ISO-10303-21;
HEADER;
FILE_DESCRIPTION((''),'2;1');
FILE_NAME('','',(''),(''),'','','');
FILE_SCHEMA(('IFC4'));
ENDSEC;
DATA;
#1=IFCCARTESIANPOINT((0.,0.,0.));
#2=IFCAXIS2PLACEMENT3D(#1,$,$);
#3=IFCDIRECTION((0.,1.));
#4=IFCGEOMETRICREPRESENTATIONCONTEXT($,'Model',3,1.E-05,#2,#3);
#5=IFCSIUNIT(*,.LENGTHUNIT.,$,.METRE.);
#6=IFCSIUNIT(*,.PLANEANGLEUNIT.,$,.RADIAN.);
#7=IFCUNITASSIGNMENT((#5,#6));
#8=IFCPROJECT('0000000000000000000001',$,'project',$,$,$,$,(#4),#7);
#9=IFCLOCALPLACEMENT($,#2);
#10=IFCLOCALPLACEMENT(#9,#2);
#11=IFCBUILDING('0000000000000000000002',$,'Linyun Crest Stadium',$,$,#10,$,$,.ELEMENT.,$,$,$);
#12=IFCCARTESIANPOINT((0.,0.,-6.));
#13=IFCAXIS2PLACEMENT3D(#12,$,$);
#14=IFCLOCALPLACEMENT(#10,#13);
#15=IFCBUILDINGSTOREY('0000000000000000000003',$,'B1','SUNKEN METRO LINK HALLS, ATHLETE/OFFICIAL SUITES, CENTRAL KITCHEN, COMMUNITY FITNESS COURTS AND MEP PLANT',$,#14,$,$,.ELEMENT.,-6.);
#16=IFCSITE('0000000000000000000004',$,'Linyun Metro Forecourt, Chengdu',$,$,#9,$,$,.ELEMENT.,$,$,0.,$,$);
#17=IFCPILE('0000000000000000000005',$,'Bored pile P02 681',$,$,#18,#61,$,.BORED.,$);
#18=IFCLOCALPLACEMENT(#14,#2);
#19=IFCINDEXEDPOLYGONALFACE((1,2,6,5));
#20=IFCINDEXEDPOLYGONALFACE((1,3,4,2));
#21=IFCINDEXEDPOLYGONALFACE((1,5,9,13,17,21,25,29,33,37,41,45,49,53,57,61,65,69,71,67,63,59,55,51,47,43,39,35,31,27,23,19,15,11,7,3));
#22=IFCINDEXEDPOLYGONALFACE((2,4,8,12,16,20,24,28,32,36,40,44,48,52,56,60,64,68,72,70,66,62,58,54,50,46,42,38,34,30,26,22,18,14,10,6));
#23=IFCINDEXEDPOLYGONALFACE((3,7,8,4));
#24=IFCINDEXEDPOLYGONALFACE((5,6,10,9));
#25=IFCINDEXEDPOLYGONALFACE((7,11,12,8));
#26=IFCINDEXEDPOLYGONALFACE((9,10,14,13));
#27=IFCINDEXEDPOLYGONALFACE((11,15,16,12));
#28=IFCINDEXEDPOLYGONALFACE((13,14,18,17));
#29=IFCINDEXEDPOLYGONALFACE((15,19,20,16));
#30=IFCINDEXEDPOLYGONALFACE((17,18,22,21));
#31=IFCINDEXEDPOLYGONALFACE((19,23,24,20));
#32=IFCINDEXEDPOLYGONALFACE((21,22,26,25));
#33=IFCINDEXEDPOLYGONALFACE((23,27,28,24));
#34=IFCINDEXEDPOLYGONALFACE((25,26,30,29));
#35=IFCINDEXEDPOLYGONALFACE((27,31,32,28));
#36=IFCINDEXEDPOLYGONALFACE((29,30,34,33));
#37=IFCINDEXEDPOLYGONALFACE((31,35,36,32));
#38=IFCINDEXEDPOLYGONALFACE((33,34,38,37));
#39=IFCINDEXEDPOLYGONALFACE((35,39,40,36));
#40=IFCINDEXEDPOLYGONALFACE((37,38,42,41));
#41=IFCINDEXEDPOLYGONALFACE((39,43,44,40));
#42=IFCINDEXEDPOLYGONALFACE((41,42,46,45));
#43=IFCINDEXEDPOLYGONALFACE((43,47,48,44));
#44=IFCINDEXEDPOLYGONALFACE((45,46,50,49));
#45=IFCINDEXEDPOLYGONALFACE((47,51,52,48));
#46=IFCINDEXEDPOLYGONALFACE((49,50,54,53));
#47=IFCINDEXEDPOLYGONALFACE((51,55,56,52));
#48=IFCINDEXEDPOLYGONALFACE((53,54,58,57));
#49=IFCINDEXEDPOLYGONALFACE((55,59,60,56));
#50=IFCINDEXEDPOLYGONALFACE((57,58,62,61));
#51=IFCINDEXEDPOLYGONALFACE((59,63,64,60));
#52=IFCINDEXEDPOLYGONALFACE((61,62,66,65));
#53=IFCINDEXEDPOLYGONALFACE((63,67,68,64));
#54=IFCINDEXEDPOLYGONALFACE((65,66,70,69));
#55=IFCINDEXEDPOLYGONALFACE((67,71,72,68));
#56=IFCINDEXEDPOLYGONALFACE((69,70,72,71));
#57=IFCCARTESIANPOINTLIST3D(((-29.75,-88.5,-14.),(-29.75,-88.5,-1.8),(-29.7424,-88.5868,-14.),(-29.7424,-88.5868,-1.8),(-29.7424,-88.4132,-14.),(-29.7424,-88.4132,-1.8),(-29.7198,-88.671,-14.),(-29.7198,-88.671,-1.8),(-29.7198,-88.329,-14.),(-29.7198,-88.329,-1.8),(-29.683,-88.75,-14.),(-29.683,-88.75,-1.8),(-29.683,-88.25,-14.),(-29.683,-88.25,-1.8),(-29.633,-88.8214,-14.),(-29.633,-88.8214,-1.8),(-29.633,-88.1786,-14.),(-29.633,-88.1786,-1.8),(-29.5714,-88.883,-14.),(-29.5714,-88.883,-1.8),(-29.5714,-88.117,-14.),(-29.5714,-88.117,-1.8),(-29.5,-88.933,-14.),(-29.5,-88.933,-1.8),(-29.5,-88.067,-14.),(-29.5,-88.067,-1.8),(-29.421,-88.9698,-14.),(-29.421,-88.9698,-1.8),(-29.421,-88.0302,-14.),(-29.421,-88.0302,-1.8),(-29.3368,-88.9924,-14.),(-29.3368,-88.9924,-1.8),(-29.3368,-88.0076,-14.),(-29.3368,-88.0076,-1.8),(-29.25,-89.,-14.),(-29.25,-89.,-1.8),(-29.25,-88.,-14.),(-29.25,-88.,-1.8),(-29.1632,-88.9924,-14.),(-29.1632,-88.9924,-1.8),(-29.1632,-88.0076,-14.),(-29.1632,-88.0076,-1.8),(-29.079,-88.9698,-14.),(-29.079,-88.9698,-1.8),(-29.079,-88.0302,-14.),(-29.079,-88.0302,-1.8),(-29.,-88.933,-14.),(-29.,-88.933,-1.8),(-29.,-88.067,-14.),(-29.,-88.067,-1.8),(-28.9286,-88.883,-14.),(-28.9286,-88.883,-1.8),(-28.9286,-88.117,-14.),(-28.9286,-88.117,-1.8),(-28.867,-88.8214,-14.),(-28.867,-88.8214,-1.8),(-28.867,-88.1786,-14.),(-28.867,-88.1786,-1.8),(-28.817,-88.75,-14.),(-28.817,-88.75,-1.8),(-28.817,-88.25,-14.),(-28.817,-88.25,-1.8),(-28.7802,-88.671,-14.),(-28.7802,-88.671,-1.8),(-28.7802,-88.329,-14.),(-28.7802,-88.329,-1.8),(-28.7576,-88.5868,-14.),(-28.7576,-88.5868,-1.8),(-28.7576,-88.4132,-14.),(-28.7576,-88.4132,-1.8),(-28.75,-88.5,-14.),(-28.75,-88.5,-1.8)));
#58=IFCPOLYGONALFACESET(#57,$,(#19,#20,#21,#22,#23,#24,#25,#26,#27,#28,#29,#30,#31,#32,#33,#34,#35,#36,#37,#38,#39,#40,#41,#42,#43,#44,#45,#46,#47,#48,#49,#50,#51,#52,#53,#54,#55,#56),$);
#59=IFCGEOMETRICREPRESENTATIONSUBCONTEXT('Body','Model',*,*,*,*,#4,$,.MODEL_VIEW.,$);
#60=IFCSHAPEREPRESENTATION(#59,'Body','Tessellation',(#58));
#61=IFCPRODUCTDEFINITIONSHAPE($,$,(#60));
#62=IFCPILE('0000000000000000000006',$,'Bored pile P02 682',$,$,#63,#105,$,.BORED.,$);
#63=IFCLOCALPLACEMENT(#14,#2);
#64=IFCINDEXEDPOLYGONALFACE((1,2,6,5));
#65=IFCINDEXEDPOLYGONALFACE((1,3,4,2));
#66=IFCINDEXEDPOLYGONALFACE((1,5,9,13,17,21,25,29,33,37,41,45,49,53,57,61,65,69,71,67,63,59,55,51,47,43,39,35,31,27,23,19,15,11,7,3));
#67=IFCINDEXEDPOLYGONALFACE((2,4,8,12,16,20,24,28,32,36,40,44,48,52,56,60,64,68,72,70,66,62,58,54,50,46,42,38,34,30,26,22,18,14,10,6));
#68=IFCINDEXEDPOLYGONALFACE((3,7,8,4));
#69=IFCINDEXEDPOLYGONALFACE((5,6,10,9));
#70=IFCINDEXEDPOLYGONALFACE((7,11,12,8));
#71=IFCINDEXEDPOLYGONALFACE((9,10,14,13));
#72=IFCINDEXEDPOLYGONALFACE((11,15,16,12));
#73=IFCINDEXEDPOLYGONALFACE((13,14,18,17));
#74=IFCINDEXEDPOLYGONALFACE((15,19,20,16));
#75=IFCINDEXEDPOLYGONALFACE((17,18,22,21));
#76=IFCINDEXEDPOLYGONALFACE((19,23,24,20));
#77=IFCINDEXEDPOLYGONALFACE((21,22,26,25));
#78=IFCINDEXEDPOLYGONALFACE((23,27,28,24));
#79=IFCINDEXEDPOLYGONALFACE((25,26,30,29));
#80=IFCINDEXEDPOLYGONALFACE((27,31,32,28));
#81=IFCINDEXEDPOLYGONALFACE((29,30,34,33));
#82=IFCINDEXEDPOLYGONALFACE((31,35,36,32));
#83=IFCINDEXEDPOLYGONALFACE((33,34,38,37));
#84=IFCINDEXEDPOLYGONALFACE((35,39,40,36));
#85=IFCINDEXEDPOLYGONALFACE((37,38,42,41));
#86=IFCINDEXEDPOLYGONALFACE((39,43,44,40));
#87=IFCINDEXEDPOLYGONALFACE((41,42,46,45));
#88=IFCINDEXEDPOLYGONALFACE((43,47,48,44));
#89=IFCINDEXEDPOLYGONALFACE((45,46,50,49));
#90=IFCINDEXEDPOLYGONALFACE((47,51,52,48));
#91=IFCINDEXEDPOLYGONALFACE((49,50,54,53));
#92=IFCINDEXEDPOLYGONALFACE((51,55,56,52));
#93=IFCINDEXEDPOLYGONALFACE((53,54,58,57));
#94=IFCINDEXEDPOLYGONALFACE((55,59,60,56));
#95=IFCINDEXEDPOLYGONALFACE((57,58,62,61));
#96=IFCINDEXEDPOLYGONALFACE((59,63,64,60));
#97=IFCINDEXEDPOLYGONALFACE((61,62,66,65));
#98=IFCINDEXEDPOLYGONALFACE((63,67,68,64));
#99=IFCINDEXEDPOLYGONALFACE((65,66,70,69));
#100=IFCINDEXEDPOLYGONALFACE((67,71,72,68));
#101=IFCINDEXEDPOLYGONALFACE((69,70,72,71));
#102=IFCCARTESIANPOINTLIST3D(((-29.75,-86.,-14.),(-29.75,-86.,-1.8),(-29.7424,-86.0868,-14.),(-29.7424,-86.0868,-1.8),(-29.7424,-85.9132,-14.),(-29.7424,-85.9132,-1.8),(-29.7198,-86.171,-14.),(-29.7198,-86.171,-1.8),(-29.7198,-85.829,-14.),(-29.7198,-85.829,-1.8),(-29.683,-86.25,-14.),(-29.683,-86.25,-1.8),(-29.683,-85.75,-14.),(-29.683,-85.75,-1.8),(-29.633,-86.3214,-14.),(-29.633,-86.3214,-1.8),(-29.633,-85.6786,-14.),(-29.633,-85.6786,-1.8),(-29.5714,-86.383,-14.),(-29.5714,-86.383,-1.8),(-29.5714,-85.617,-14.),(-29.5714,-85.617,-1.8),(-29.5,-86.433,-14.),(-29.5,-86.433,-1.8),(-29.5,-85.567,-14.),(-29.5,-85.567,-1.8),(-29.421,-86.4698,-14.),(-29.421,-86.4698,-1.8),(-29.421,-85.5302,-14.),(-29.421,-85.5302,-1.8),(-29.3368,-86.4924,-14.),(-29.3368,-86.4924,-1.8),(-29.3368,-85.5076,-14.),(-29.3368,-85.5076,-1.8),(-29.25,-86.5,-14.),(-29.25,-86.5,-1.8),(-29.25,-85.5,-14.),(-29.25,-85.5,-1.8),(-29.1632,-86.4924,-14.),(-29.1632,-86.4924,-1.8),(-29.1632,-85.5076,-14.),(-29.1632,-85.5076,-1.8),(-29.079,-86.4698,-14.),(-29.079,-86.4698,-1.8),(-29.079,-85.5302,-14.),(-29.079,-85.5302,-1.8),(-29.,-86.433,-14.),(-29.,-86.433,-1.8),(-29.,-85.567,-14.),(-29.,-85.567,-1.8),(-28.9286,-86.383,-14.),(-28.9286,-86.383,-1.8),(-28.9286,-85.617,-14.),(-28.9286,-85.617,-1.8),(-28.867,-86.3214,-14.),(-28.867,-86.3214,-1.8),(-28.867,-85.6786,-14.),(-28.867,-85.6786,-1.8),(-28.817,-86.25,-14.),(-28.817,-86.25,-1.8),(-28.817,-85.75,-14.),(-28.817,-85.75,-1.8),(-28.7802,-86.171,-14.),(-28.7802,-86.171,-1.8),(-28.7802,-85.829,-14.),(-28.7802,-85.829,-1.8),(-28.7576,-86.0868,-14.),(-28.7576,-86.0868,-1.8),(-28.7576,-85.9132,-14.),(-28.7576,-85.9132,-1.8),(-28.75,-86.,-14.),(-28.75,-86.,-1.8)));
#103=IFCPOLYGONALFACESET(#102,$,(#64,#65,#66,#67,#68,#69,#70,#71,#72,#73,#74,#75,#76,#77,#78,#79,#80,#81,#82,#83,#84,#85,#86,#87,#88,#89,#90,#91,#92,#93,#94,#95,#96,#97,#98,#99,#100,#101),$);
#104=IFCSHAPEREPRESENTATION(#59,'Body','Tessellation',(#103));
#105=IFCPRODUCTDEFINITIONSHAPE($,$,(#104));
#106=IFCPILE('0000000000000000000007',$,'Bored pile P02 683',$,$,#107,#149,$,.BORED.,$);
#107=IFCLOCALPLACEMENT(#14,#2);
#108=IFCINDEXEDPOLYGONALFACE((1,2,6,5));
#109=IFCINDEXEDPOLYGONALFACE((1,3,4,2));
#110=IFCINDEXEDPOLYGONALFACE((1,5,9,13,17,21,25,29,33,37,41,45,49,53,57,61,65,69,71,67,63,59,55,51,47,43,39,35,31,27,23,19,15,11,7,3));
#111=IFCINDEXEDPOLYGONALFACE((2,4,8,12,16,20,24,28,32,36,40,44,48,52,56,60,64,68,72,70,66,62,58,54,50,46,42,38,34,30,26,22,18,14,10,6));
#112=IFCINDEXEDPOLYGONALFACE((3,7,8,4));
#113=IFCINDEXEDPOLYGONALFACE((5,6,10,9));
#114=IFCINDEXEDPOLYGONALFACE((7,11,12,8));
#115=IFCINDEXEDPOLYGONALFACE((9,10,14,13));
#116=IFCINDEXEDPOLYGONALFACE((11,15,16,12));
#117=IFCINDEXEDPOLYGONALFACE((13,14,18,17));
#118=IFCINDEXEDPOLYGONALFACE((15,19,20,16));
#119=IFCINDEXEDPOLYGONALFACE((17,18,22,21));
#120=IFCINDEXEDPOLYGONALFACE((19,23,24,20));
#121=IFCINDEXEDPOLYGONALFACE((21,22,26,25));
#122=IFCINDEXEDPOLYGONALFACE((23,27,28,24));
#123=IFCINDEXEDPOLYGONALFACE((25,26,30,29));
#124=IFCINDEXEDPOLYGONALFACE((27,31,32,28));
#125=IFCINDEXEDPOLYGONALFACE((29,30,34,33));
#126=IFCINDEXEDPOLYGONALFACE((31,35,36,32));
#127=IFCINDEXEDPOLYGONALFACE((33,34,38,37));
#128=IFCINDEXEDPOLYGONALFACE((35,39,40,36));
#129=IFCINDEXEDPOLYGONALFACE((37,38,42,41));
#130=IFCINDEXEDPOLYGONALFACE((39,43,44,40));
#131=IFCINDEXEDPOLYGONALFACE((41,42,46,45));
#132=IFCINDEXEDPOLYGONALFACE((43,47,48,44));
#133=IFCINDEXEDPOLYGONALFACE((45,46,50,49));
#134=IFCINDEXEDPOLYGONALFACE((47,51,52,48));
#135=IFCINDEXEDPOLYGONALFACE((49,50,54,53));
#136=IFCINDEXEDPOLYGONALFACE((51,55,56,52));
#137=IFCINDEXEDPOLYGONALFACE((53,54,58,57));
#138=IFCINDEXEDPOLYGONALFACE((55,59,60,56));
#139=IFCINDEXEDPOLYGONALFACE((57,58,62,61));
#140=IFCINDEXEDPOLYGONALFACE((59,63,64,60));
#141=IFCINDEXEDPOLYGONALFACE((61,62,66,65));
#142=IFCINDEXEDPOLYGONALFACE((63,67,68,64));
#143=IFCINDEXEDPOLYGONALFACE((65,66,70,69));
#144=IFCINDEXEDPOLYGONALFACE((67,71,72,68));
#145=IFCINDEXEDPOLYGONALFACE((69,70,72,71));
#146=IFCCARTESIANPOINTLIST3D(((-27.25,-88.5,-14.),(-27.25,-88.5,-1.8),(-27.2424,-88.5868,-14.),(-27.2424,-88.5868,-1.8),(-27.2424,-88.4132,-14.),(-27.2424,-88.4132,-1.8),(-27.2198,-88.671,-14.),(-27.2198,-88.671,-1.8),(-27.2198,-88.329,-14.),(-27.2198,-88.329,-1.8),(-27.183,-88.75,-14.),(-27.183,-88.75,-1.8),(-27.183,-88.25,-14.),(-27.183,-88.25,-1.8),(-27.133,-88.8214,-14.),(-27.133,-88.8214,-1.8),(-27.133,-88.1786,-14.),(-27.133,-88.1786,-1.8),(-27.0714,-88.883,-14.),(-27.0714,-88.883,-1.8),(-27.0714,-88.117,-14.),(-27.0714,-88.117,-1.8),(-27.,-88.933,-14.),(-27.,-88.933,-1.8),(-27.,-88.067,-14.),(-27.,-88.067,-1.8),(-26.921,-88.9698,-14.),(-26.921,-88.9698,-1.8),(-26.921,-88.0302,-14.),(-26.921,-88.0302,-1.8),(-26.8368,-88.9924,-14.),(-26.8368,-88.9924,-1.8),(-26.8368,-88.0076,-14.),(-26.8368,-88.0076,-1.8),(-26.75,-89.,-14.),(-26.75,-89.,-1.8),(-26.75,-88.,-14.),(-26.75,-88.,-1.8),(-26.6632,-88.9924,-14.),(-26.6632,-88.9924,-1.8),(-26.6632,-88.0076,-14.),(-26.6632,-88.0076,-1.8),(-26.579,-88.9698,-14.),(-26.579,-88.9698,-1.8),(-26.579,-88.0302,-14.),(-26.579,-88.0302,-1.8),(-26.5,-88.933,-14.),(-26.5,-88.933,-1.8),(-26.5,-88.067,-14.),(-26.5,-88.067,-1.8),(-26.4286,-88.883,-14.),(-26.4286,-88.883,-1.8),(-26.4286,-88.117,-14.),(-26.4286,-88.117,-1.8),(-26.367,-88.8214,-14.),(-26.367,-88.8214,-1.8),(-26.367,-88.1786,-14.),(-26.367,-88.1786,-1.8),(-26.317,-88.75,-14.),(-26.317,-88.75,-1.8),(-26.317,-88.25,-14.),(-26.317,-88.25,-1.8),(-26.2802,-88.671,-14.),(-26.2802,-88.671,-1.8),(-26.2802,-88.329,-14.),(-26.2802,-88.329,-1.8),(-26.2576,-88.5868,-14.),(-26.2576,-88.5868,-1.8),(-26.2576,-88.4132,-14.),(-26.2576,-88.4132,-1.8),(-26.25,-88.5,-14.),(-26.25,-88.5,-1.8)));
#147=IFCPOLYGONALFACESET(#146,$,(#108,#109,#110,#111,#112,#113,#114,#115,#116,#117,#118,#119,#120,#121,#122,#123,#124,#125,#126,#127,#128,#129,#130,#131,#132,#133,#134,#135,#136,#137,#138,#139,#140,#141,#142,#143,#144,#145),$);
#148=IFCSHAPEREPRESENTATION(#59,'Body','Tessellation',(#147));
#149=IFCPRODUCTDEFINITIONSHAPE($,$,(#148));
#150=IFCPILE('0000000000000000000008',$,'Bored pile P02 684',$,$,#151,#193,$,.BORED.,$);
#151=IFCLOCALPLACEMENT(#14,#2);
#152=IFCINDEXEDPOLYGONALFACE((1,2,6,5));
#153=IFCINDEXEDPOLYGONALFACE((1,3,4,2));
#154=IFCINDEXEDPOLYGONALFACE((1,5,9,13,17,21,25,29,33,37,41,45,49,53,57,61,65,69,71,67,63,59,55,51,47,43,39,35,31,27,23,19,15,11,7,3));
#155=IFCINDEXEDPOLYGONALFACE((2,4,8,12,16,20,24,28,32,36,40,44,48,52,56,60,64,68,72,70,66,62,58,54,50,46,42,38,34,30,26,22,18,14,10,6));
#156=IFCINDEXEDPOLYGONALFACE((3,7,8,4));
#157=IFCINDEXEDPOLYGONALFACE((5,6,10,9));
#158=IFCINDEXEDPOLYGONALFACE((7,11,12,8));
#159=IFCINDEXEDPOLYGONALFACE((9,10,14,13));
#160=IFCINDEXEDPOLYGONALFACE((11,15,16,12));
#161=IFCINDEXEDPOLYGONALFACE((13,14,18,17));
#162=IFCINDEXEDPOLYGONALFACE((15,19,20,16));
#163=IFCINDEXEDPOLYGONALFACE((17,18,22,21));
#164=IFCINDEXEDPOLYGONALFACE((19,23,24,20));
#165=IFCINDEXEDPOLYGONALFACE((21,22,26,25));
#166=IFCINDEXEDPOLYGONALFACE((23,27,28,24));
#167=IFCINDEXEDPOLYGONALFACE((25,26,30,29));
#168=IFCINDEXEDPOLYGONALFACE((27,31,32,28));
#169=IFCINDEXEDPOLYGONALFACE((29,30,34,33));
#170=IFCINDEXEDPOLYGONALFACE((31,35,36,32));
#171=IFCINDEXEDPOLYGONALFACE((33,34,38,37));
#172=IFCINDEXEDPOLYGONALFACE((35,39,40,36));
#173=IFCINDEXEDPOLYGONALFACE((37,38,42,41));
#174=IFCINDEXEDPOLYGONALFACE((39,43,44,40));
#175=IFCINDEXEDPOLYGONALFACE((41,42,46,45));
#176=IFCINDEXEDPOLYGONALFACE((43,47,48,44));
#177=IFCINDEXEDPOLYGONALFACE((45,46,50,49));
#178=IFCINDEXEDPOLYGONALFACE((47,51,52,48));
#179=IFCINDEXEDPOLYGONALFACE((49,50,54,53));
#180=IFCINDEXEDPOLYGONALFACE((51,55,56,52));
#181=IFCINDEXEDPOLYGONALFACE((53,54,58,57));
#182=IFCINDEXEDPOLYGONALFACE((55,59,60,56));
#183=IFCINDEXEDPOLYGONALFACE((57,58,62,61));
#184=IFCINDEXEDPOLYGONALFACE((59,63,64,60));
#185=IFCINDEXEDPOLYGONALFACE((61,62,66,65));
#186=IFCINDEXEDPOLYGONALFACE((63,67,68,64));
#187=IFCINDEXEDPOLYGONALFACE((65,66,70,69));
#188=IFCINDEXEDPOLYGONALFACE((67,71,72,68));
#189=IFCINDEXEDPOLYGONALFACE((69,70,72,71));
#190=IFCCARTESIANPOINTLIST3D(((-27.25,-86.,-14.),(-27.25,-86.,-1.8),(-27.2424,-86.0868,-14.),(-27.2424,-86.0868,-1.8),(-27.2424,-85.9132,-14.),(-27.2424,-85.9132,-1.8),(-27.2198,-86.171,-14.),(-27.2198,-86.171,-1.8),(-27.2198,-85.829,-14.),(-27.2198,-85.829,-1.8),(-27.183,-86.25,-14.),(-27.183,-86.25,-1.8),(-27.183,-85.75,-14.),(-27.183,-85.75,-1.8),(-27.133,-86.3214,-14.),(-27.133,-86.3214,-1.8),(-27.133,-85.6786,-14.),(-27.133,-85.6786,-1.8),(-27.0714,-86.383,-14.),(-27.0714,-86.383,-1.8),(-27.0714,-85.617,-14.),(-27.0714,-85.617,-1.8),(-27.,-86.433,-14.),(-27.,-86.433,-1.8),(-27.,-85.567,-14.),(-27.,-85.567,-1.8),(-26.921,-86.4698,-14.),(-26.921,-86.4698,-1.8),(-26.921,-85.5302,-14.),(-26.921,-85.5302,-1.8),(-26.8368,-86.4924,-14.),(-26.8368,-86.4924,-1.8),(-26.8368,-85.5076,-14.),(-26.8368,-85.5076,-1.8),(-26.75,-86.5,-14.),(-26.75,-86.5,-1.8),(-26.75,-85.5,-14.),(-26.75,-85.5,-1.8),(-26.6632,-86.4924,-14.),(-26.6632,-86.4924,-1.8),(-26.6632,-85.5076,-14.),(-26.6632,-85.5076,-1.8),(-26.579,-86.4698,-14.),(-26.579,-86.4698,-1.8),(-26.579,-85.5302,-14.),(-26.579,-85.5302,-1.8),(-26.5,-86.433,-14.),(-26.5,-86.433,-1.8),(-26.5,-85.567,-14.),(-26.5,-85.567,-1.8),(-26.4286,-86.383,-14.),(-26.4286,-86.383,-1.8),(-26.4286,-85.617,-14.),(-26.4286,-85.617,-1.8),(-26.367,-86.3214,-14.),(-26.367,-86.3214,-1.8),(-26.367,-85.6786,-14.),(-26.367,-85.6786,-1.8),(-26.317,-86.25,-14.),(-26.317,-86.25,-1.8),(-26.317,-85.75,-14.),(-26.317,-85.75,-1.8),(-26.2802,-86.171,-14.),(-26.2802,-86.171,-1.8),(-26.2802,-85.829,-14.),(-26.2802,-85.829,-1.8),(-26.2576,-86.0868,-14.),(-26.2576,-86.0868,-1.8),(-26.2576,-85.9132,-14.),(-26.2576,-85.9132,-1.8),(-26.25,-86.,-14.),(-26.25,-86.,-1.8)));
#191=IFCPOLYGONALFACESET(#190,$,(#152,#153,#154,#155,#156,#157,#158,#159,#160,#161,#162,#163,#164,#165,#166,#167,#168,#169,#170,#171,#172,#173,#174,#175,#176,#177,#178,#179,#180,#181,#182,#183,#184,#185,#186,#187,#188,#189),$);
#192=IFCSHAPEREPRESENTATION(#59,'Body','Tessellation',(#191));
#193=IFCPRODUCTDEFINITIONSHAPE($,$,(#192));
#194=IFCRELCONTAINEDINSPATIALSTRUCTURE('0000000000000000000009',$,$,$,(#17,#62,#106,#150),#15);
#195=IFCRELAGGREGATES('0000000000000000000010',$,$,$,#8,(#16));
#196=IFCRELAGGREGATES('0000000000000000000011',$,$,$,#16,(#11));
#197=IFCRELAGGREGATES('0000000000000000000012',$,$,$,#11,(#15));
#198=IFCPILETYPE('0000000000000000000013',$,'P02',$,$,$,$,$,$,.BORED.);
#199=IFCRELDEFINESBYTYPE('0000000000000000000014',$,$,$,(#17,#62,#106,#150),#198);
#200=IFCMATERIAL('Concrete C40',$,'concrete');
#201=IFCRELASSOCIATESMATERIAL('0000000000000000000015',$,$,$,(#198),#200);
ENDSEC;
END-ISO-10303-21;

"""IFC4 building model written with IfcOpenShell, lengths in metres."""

from ifc_helpers import new_model, si_unit, direction, frame, origin, origin_2d, place, context, subcontext, project, spatial, circle, extrude, material, material_profile, profile_set, type_object, element, save


model = new_model("IFC4")

# Units and contexts
model_context = context("Model", 3, precision=1e-05, world=origin(), true_north=direction((0.0, 1.0)))
body_context = subcontext(model_context, "Body", "Model", "MODEL_VIEW")
ifc_project = project(units=[si_unit("LENGTHUNIT", "METRE"), si_unit("PLANEANGLEUNIT", "RADIAN")], contexts=[model_context])

# Site, building, storey
site_placement = place(None, origin())
site = spatial("IfcSite", under=ifc_project, at=site_placement, Name="Linyun Metro Forecourt, Chengdu", CompositionType="ELEMENT", RefElevation=0.0)
building_placement = place(site_placement, origin())
building = spatial("IfcBuilding", under=site, at=building_placement, Name="Linyun Crest Stadium", CompositionType="ELEMENT")
storey_placement = place(building_placement, frame((0.0, 0.0, -6.0)))
storey = spatial("IfcBuildingStorey", under=building, at=storey_placement, Name="B1", Description="SUNKEN METRO LINK HALLS, ATHLETE/OFFICIAL SUITES, CENTRAL KITCHEN, COMMUNITY FITNESS COURTS AND MEP PLANT", CompositionType="ELEMENT", Elevation=-6.0)

# Piles
ifc_material_1 = material(Name="Concrete C40", Category="concrete")
ifc_material_profile_1 = material_profile(ifc_material_1, circle(Radius=0.5, at=origin_2d()), Name="BORED PILE 1000")
ifc_profile_set_1 = profile_set([ifc_material_profile_1], Name="Concrete C40")
pile_type = type_object("IfcPileType", Name="P02", PredefinedType="BORED", material=ifc_profile_set_1)
for number, where, z_axis, x_axis, name in (
    (1, (-29.25, -88.5, -1.8), (0.0, 0.0, -1.0), (1.0, 0.0, 0.0), "Bored pile P02 681"),
    (2, (-29.25, -86.0, -1.8), (0.0, 0.0, -1.0), (1.0, 0.0, 0.0), "Bored pile P02 682"),
    (3, (-26.75, -88.5, -1.8), (0.0, 0.0, -1.0), (1.0, 0.0, 0.0), "Bored pile P02 683"),
    (4, (-26.75, -86.0, -1.8), (0.0, 0.0, -1.0), (1.0, 0.0, 0.0), "Bored pile P02 684"),
):
    element("IfcPile", number, at=place(storey_placement, frame(where, z_axis=z_axis, x_axis=x_axis)), inside=storey, type_object=pile_type, Name=name, PredefinedType="BORED", context=body_context, shape_type="SweptSolid", body=[
        extrude(circle(Radius=0.5, at=origin_2d()), origin(), (0.0, 0.0, 1.0), 12.2),
    ])

save(model, "model.ifc")
